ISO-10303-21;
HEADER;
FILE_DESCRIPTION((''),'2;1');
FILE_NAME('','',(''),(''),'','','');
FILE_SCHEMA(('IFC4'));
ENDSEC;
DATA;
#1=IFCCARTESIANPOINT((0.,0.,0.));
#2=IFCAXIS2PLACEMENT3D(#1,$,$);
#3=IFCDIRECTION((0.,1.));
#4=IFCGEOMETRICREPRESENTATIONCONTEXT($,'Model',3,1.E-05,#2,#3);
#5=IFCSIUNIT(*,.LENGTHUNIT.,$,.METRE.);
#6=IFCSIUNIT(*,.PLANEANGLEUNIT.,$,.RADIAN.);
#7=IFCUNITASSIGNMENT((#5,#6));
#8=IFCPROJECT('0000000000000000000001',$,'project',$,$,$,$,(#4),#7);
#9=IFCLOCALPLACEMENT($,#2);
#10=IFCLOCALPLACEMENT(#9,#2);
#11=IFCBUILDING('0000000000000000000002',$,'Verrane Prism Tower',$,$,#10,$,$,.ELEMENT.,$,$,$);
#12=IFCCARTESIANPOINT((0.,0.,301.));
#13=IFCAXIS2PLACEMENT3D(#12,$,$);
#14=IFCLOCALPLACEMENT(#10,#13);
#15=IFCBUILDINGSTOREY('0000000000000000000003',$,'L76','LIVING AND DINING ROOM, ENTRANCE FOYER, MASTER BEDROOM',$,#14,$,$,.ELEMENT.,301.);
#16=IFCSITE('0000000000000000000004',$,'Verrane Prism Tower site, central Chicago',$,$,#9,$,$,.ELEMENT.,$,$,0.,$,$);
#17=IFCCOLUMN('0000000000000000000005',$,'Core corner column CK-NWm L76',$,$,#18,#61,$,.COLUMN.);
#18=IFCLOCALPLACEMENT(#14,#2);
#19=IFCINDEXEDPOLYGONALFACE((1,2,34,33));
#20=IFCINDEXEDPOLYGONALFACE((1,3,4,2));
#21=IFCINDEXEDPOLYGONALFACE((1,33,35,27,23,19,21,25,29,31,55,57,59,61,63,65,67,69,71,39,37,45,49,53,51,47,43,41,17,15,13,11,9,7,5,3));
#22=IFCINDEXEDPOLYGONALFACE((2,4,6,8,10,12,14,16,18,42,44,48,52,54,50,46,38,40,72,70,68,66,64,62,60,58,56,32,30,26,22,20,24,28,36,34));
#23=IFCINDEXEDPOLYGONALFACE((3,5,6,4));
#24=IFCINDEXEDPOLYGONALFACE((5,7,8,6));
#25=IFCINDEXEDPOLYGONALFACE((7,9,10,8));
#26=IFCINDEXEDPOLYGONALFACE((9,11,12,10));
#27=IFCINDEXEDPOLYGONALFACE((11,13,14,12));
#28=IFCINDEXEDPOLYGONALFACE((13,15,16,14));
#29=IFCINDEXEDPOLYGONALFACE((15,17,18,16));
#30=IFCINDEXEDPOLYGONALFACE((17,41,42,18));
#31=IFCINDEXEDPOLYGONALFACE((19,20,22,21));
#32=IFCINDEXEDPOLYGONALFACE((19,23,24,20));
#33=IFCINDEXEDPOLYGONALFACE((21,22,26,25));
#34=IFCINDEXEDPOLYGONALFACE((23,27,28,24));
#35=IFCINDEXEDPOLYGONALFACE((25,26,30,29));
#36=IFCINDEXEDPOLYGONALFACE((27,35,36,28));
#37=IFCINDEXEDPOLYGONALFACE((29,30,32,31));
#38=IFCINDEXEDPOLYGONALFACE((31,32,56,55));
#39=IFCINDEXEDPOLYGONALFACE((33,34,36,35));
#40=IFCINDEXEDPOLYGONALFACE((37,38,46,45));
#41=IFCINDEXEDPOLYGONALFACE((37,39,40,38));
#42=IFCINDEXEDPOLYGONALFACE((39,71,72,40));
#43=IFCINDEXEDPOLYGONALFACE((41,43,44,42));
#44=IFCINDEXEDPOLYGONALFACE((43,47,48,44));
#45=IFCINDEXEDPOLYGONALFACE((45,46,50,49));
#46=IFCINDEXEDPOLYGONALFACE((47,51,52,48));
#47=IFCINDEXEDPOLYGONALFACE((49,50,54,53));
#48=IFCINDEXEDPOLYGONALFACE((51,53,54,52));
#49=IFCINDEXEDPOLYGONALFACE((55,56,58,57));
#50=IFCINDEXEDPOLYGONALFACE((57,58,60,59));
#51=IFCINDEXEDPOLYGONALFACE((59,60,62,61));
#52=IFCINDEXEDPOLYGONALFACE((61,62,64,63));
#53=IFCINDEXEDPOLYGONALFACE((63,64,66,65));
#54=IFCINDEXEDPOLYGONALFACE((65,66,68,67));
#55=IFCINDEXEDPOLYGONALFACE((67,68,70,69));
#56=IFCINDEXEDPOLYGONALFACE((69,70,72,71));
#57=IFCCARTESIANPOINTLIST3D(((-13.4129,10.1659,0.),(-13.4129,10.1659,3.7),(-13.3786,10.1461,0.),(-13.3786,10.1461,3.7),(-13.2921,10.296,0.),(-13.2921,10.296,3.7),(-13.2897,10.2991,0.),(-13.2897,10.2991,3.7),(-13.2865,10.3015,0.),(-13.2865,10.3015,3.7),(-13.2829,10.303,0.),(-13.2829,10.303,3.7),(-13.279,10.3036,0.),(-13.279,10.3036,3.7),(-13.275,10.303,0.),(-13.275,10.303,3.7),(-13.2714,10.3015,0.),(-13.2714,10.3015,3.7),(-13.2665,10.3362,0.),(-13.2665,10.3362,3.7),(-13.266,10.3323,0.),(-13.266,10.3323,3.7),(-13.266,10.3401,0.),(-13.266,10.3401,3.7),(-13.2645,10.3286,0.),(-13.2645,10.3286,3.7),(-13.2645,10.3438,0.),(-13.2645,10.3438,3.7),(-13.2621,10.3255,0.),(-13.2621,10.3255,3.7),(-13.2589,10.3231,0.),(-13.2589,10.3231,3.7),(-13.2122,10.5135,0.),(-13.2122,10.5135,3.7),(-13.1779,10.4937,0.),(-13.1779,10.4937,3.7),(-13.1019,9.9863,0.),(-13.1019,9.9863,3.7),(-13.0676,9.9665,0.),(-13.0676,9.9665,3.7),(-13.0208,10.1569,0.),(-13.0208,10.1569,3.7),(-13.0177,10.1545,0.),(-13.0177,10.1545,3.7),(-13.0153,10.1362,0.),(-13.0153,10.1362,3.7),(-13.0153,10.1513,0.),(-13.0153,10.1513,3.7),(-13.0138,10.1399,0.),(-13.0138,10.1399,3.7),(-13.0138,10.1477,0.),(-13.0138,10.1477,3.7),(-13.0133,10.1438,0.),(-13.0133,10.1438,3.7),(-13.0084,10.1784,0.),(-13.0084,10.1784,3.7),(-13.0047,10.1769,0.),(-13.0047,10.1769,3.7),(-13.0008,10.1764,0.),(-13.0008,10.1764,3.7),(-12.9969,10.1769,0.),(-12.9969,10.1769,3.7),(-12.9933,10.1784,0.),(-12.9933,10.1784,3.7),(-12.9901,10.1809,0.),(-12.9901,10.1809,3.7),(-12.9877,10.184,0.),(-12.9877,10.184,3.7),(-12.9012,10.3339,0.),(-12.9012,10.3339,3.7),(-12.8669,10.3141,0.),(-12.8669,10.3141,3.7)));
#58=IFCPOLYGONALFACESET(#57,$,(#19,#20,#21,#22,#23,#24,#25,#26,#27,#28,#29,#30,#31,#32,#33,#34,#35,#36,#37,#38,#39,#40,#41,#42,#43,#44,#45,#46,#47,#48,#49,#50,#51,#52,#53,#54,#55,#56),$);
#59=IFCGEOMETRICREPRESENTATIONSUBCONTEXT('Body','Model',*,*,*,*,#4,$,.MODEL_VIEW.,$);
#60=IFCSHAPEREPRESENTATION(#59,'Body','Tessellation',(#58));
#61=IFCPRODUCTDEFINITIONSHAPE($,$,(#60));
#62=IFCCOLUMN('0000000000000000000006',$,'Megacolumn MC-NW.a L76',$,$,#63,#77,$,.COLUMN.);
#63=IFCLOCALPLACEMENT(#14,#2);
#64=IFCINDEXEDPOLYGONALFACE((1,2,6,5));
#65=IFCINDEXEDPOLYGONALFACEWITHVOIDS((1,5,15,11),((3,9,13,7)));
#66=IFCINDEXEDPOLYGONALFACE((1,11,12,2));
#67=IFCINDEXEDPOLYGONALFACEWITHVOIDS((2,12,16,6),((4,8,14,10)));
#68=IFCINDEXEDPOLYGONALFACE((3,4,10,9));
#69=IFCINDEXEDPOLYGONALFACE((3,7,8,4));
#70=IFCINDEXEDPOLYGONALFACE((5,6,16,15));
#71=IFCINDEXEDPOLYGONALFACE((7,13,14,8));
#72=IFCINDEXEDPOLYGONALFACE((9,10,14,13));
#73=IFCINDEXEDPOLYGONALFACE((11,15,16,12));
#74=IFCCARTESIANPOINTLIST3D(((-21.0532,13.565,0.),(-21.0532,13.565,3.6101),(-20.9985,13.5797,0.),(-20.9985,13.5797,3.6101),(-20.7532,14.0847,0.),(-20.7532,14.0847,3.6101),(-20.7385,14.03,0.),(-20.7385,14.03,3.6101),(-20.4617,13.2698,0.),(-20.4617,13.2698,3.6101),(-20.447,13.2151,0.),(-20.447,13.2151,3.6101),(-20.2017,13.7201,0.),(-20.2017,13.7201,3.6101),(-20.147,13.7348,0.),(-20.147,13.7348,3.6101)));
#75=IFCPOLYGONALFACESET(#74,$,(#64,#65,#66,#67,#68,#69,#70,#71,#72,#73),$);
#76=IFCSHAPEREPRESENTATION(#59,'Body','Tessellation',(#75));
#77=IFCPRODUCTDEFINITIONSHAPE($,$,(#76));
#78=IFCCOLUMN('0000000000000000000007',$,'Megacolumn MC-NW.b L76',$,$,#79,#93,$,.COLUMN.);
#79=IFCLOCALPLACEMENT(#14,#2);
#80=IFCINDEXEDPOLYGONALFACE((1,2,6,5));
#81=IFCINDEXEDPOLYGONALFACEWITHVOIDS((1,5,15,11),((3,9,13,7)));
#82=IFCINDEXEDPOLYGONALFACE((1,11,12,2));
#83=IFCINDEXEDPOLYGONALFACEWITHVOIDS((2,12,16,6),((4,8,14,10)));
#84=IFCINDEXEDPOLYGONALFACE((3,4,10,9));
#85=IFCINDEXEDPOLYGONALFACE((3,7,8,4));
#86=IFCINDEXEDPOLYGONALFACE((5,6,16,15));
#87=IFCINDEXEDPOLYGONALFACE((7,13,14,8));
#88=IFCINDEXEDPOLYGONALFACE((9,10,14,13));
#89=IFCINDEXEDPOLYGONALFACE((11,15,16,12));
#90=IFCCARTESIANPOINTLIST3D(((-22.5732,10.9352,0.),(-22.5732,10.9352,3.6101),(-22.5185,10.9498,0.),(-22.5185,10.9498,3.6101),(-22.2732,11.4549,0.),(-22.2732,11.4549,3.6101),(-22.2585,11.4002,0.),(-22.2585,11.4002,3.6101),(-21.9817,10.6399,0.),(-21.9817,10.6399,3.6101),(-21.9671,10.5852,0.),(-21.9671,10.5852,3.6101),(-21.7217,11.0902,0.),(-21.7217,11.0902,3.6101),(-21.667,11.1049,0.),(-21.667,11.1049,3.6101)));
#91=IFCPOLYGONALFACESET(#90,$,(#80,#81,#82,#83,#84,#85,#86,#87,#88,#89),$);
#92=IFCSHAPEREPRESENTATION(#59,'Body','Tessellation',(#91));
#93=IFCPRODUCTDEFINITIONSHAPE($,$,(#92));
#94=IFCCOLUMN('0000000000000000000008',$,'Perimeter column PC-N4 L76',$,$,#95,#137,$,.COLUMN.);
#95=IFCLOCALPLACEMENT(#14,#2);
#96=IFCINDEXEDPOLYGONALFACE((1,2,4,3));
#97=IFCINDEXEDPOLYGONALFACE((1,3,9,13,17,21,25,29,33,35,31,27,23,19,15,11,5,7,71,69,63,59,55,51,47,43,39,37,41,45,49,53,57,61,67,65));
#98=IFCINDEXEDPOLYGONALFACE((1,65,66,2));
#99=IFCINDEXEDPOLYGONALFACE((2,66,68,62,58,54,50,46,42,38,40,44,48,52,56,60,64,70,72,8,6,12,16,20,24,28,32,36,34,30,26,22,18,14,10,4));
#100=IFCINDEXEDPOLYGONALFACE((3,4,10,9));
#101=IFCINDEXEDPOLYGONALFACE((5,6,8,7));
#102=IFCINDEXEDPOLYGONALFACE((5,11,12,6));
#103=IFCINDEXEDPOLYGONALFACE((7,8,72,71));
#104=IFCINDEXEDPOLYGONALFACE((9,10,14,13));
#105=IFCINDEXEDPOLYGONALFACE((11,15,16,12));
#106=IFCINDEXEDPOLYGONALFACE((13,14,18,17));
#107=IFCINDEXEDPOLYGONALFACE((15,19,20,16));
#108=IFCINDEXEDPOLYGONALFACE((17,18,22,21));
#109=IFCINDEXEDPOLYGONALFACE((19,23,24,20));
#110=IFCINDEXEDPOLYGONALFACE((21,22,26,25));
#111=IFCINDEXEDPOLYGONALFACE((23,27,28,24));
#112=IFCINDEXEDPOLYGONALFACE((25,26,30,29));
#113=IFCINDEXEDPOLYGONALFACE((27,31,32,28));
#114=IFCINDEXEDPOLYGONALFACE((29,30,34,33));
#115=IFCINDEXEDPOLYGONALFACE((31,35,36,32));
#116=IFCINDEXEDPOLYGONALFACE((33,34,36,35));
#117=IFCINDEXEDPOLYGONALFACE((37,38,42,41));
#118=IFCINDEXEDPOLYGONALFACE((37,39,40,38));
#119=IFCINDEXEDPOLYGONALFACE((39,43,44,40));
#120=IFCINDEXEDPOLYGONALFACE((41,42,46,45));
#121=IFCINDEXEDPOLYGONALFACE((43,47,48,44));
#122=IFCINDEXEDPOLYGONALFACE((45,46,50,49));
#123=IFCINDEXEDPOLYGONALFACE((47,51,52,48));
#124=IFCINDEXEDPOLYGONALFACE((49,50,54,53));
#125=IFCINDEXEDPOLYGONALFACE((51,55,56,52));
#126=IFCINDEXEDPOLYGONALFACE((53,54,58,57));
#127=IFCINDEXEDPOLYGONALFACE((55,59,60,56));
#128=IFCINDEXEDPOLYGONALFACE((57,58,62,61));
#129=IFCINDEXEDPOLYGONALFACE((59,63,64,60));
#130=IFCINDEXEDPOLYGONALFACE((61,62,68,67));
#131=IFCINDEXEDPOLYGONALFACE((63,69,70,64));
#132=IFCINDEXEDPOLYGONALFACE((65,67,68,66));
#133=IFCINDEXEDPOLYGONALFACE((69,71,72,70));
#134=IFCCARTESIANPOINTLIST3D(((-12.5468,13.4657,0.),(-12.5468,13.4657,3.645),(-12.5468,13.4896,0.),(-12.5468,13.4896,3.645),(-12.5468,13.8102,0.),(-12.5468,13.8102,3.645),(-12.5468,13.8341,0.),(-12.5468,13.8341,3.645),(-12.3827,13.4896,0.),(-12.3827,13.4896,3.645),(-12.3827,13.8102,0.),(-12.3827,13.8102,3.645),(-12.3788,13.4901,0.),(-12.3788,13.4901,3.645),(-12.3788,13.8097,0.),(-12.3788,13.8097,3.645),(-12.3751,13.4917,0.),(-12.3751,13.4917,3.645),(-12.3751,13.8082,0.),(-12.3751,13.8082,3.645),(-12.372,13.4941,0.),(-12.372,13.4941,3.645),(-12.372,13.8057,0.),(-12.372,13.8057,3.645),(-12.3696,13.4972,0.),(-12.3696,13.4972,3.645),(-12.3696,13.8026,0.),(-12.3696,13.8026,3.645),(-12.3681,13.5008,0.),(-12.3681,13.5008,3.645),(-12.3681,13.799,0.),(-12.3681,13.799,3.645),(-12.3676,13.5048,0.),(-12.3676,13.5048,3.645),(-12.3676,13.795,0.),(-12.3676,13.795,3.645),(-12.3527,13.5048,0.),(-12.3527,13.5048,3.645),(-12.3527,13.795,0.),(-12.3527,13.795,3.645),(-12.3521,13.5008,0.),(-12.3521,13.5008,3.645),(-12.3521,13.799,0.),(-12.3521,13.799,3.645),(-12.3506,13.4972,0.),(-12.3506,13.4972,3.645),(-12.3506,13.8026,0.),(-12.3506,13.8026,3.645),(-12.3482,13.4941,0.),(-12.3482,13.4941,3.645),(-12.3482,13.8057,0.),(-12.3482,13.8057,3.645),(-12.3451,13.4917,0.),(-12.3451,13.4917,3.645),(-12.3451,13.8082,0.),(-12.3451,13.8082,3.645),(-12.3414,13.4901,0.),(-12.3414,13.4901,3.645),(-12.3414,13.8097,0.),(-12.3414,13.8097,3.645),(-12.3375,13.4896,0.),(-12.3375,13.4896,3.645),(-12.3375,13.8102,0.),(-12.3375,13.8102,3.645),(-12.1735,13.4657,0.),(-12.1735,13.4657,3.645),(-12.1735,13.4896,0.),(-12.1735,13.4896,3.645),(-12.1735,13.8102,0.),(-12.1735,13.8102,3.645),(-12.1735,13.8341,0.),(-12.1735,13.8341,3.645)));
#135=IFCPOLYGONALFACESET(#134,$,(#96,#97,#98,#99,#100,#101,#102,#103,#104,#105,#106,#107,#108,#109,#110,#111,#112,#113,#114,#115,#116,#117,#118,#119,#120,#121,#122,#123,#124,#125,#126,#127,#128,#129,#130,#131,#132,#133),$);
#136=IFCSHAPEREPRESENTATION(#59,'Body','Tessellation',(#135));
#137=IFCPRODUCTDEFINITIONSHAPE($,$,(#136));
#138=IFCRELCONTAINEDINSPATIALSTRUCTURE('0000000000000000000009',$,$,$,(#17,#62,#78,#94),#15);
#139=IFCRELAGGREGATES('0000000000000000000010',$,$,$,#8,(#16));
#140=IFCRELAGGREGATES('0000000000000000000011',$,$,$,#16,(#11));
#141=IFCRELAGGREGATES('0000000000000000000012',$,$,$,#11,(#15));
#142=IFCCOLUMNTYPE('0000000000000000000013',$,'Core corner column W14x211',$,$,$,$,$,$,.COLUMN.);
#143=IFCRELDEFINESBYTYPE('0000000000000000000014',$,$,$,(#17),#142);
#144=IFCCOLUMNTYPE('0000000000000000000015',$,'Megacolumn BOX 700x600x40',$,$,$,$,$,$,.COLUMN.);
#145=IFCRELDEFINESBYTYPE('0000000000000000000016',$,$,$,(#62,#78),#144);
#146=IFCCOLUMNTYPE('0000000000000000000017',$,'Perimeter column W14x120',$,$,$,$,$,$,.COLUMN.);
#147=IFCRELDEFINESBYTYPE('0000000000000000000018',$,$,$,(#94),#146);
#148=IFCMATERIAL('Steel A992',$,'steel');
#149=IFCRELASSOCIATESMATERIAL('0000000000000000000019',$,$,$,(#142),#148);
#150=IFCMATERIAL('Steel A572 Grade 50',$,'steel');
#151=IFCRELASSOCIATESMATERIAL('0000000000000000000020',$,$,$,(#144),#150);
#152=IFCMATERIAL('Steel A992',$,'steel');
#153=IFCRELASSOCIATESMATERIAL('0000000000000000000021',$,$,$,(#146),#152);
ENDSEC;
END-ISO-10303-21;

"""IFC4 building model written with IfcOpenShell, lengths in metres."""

from ifc_helpers import new_model, si_unit, direction, frame, origin, origin_2d, place, context, subcontext, project, spatial, hollow_rectangle, i_section, extrude, material, material_profile, profile_set, type_object, element, save


model = new_model("IFC4")

# Units and contexts
model_context = context("Model", 3, precision=1e-05, world=origin(), true_north=direction((0.0, 1.0)))
body_context = subcontext(model_context, "Body", "Model", "MODEL_VIEW")
ifc_project = project(units=[si_unit("LENGTHUNIT", "METRE"), si_unit("PLANEANGLEUNIT", "RADIAN")], contexts=[model_context])

# Site, building, storey
site_placement = place(None, origin())
site = spatial("IfcSite", under=ifc_project, at=site_placement, Name="Verrane Prism Tower site, central Chicago", CompositionType="ELEMENT", RefElevation=0.0)
building_placement = place(site_placement, origin())
building = spatial("IfcBuilding", under=site, at=building_placement, Name="Verrane Prism Tower", CompositionType="ELEMENT")
storey_placement = place(building_placement, frame((0.0, 0.0, 301.0)))
storey = spatial("IfcBuildingStorey", under=building, at=storey_placement, Name="L76", Description="LIVING AND DINING ROOM, ENTRANCE FOYER, MASTER BEDROOM", CompositionType="ELEMENT", Elevation=301.0)

# Columns
ifc_material_1 = material(Name="Steel A992", Category="steel")
ifc_material_profile_1 = material_profile(ifc_material_1, i_section(OverallWidth=0.4014, OverallDepth=0.3987, WebThickness=0.0249, FlangeThickness=0.0396, FilletRadius=0.0151, at=origin_2d()), Name="W14x211")
ifc_profile_set_1 = profile_set([ifc_material_profile_1], Name="Steel A992")
column_type_1 = type_object("IfcColumnType", Name="Core corner column W14x211", PredefinedType="COLUMN", material=ifc_profile_set_1)
column_1_placement = place(storey_placement, frame((-13.1399, 10.24, 0.0), z_axis=(0.0, 0.0, 1.0), x_axis=(0.5, 0.866025, 0.0)))
element("IfcColumn", 1, at=column_1_placement, inside=storey, type_object=column_type_1, Name="Core corner column CK-NWm L76", PredefinedType="COLUMN", context=body_context, shape_type="SweptSolid", body=[
    extrude(i_section(OverallWidth=0.4014, OverallDepth=0.3987, WebThickness=0.0249, FlangeThickness=0.0396, FilletRadius=0.0151, at=origin_2d()), origin(), (0.0, 0.0, 1.0), 3.7),
])
ifc_material_2 = material(Name="Steel A572 Grade 50", Category="steel")
ifc_material_profile_2 = material_profile(ifc_material_2, hollow_rectangle(XDim=0.6001, YDim=0.7, WallThickness=0.04, at=origin_2d()), Name="BOX 700x600x40")
ifc_profile_set_2 = profile_set([ifc_material_profile_2], Name="Steel A572 Grade 50")
column_type_2 = type_object("IfcColumnType", Name="Megacolumn BOX 700x600x40", PredefinedType="COLUMN", material=ifc_profile_set_2)
for number, where, z_axis, x_axis, name in (
    (2, (-20.6001, 13.6499, 0.0), (0.0, 0.0, 1.0), (0.5, 0.866025, 0.0), "Megacolumn MC-NW.a L76"),
    (3, (-22.1201, 11.02, 0.0), (0.0, 0.0, 1.0), (0.5, 0.866025, 0.0), "Megacolumn MC-NW.b L76"),
):
    element("IfcColumn", number, at=place(storey_placement, frame(where, z_axis=z_axis, x_axis=x_axis)), inside=storey, type_object=column_type_2, Name=name, PredefinedType="COLUMN", context=body_context, shape_type="SweptSolid", body=[
        extrude(hollow_rectangle(XDim=0.6001, YDim=0.7, WallThickness=0.04, at=origin_2d()), origin(), (0.0, 0.0, 1.0), 3.6101),
    ])
ifc_material_3 = material(Name="Steel A992", Category="steel")
ifc_material_profile_3 = material_profile(ifc_material_3, i_section(OverallWidth=0.3733, OverallDepth=0.3684, WebThickness=0.0149, FlangeThickness=0.0239, FilletRadius=0.0151, at=origin_2d()), Name="W14x120")
ifc_profile_set_3 = profile_set([ifc_material_profile_3], Name="Steel A992")
column_type_3 = type_object("IfcColumnType", Name="Perimeter column W14x120", PredefinedType="COLUMN", material=ifc_profile_set_3)
column_2_placement = place(storey_placement, frame((-12.3601, 13.6499, 0.0), z_axis=(0.0, 0.0, 1.0), x_axis=(1.0, 0.0, 0.0)))
element("IfcColumn", 4, at=column_2_placement, inside=storey, type_object=column_type_3, Name="Perimeter column PC-N4 L76", PredefinedType="COLUMN", context=body_context, shape_type="SweptSolid", body=[
    extrude(i_section(OverallWidth=0.3733, OverallDepth=0.3684, WebThickness=0.0149, FlangeThickness=0.0239, FilletRadius=0.0151, at=origin_2d()), origin(), (0.0, 0.0, 1.0), 3.645),
])

save(model, "model.ifc")
